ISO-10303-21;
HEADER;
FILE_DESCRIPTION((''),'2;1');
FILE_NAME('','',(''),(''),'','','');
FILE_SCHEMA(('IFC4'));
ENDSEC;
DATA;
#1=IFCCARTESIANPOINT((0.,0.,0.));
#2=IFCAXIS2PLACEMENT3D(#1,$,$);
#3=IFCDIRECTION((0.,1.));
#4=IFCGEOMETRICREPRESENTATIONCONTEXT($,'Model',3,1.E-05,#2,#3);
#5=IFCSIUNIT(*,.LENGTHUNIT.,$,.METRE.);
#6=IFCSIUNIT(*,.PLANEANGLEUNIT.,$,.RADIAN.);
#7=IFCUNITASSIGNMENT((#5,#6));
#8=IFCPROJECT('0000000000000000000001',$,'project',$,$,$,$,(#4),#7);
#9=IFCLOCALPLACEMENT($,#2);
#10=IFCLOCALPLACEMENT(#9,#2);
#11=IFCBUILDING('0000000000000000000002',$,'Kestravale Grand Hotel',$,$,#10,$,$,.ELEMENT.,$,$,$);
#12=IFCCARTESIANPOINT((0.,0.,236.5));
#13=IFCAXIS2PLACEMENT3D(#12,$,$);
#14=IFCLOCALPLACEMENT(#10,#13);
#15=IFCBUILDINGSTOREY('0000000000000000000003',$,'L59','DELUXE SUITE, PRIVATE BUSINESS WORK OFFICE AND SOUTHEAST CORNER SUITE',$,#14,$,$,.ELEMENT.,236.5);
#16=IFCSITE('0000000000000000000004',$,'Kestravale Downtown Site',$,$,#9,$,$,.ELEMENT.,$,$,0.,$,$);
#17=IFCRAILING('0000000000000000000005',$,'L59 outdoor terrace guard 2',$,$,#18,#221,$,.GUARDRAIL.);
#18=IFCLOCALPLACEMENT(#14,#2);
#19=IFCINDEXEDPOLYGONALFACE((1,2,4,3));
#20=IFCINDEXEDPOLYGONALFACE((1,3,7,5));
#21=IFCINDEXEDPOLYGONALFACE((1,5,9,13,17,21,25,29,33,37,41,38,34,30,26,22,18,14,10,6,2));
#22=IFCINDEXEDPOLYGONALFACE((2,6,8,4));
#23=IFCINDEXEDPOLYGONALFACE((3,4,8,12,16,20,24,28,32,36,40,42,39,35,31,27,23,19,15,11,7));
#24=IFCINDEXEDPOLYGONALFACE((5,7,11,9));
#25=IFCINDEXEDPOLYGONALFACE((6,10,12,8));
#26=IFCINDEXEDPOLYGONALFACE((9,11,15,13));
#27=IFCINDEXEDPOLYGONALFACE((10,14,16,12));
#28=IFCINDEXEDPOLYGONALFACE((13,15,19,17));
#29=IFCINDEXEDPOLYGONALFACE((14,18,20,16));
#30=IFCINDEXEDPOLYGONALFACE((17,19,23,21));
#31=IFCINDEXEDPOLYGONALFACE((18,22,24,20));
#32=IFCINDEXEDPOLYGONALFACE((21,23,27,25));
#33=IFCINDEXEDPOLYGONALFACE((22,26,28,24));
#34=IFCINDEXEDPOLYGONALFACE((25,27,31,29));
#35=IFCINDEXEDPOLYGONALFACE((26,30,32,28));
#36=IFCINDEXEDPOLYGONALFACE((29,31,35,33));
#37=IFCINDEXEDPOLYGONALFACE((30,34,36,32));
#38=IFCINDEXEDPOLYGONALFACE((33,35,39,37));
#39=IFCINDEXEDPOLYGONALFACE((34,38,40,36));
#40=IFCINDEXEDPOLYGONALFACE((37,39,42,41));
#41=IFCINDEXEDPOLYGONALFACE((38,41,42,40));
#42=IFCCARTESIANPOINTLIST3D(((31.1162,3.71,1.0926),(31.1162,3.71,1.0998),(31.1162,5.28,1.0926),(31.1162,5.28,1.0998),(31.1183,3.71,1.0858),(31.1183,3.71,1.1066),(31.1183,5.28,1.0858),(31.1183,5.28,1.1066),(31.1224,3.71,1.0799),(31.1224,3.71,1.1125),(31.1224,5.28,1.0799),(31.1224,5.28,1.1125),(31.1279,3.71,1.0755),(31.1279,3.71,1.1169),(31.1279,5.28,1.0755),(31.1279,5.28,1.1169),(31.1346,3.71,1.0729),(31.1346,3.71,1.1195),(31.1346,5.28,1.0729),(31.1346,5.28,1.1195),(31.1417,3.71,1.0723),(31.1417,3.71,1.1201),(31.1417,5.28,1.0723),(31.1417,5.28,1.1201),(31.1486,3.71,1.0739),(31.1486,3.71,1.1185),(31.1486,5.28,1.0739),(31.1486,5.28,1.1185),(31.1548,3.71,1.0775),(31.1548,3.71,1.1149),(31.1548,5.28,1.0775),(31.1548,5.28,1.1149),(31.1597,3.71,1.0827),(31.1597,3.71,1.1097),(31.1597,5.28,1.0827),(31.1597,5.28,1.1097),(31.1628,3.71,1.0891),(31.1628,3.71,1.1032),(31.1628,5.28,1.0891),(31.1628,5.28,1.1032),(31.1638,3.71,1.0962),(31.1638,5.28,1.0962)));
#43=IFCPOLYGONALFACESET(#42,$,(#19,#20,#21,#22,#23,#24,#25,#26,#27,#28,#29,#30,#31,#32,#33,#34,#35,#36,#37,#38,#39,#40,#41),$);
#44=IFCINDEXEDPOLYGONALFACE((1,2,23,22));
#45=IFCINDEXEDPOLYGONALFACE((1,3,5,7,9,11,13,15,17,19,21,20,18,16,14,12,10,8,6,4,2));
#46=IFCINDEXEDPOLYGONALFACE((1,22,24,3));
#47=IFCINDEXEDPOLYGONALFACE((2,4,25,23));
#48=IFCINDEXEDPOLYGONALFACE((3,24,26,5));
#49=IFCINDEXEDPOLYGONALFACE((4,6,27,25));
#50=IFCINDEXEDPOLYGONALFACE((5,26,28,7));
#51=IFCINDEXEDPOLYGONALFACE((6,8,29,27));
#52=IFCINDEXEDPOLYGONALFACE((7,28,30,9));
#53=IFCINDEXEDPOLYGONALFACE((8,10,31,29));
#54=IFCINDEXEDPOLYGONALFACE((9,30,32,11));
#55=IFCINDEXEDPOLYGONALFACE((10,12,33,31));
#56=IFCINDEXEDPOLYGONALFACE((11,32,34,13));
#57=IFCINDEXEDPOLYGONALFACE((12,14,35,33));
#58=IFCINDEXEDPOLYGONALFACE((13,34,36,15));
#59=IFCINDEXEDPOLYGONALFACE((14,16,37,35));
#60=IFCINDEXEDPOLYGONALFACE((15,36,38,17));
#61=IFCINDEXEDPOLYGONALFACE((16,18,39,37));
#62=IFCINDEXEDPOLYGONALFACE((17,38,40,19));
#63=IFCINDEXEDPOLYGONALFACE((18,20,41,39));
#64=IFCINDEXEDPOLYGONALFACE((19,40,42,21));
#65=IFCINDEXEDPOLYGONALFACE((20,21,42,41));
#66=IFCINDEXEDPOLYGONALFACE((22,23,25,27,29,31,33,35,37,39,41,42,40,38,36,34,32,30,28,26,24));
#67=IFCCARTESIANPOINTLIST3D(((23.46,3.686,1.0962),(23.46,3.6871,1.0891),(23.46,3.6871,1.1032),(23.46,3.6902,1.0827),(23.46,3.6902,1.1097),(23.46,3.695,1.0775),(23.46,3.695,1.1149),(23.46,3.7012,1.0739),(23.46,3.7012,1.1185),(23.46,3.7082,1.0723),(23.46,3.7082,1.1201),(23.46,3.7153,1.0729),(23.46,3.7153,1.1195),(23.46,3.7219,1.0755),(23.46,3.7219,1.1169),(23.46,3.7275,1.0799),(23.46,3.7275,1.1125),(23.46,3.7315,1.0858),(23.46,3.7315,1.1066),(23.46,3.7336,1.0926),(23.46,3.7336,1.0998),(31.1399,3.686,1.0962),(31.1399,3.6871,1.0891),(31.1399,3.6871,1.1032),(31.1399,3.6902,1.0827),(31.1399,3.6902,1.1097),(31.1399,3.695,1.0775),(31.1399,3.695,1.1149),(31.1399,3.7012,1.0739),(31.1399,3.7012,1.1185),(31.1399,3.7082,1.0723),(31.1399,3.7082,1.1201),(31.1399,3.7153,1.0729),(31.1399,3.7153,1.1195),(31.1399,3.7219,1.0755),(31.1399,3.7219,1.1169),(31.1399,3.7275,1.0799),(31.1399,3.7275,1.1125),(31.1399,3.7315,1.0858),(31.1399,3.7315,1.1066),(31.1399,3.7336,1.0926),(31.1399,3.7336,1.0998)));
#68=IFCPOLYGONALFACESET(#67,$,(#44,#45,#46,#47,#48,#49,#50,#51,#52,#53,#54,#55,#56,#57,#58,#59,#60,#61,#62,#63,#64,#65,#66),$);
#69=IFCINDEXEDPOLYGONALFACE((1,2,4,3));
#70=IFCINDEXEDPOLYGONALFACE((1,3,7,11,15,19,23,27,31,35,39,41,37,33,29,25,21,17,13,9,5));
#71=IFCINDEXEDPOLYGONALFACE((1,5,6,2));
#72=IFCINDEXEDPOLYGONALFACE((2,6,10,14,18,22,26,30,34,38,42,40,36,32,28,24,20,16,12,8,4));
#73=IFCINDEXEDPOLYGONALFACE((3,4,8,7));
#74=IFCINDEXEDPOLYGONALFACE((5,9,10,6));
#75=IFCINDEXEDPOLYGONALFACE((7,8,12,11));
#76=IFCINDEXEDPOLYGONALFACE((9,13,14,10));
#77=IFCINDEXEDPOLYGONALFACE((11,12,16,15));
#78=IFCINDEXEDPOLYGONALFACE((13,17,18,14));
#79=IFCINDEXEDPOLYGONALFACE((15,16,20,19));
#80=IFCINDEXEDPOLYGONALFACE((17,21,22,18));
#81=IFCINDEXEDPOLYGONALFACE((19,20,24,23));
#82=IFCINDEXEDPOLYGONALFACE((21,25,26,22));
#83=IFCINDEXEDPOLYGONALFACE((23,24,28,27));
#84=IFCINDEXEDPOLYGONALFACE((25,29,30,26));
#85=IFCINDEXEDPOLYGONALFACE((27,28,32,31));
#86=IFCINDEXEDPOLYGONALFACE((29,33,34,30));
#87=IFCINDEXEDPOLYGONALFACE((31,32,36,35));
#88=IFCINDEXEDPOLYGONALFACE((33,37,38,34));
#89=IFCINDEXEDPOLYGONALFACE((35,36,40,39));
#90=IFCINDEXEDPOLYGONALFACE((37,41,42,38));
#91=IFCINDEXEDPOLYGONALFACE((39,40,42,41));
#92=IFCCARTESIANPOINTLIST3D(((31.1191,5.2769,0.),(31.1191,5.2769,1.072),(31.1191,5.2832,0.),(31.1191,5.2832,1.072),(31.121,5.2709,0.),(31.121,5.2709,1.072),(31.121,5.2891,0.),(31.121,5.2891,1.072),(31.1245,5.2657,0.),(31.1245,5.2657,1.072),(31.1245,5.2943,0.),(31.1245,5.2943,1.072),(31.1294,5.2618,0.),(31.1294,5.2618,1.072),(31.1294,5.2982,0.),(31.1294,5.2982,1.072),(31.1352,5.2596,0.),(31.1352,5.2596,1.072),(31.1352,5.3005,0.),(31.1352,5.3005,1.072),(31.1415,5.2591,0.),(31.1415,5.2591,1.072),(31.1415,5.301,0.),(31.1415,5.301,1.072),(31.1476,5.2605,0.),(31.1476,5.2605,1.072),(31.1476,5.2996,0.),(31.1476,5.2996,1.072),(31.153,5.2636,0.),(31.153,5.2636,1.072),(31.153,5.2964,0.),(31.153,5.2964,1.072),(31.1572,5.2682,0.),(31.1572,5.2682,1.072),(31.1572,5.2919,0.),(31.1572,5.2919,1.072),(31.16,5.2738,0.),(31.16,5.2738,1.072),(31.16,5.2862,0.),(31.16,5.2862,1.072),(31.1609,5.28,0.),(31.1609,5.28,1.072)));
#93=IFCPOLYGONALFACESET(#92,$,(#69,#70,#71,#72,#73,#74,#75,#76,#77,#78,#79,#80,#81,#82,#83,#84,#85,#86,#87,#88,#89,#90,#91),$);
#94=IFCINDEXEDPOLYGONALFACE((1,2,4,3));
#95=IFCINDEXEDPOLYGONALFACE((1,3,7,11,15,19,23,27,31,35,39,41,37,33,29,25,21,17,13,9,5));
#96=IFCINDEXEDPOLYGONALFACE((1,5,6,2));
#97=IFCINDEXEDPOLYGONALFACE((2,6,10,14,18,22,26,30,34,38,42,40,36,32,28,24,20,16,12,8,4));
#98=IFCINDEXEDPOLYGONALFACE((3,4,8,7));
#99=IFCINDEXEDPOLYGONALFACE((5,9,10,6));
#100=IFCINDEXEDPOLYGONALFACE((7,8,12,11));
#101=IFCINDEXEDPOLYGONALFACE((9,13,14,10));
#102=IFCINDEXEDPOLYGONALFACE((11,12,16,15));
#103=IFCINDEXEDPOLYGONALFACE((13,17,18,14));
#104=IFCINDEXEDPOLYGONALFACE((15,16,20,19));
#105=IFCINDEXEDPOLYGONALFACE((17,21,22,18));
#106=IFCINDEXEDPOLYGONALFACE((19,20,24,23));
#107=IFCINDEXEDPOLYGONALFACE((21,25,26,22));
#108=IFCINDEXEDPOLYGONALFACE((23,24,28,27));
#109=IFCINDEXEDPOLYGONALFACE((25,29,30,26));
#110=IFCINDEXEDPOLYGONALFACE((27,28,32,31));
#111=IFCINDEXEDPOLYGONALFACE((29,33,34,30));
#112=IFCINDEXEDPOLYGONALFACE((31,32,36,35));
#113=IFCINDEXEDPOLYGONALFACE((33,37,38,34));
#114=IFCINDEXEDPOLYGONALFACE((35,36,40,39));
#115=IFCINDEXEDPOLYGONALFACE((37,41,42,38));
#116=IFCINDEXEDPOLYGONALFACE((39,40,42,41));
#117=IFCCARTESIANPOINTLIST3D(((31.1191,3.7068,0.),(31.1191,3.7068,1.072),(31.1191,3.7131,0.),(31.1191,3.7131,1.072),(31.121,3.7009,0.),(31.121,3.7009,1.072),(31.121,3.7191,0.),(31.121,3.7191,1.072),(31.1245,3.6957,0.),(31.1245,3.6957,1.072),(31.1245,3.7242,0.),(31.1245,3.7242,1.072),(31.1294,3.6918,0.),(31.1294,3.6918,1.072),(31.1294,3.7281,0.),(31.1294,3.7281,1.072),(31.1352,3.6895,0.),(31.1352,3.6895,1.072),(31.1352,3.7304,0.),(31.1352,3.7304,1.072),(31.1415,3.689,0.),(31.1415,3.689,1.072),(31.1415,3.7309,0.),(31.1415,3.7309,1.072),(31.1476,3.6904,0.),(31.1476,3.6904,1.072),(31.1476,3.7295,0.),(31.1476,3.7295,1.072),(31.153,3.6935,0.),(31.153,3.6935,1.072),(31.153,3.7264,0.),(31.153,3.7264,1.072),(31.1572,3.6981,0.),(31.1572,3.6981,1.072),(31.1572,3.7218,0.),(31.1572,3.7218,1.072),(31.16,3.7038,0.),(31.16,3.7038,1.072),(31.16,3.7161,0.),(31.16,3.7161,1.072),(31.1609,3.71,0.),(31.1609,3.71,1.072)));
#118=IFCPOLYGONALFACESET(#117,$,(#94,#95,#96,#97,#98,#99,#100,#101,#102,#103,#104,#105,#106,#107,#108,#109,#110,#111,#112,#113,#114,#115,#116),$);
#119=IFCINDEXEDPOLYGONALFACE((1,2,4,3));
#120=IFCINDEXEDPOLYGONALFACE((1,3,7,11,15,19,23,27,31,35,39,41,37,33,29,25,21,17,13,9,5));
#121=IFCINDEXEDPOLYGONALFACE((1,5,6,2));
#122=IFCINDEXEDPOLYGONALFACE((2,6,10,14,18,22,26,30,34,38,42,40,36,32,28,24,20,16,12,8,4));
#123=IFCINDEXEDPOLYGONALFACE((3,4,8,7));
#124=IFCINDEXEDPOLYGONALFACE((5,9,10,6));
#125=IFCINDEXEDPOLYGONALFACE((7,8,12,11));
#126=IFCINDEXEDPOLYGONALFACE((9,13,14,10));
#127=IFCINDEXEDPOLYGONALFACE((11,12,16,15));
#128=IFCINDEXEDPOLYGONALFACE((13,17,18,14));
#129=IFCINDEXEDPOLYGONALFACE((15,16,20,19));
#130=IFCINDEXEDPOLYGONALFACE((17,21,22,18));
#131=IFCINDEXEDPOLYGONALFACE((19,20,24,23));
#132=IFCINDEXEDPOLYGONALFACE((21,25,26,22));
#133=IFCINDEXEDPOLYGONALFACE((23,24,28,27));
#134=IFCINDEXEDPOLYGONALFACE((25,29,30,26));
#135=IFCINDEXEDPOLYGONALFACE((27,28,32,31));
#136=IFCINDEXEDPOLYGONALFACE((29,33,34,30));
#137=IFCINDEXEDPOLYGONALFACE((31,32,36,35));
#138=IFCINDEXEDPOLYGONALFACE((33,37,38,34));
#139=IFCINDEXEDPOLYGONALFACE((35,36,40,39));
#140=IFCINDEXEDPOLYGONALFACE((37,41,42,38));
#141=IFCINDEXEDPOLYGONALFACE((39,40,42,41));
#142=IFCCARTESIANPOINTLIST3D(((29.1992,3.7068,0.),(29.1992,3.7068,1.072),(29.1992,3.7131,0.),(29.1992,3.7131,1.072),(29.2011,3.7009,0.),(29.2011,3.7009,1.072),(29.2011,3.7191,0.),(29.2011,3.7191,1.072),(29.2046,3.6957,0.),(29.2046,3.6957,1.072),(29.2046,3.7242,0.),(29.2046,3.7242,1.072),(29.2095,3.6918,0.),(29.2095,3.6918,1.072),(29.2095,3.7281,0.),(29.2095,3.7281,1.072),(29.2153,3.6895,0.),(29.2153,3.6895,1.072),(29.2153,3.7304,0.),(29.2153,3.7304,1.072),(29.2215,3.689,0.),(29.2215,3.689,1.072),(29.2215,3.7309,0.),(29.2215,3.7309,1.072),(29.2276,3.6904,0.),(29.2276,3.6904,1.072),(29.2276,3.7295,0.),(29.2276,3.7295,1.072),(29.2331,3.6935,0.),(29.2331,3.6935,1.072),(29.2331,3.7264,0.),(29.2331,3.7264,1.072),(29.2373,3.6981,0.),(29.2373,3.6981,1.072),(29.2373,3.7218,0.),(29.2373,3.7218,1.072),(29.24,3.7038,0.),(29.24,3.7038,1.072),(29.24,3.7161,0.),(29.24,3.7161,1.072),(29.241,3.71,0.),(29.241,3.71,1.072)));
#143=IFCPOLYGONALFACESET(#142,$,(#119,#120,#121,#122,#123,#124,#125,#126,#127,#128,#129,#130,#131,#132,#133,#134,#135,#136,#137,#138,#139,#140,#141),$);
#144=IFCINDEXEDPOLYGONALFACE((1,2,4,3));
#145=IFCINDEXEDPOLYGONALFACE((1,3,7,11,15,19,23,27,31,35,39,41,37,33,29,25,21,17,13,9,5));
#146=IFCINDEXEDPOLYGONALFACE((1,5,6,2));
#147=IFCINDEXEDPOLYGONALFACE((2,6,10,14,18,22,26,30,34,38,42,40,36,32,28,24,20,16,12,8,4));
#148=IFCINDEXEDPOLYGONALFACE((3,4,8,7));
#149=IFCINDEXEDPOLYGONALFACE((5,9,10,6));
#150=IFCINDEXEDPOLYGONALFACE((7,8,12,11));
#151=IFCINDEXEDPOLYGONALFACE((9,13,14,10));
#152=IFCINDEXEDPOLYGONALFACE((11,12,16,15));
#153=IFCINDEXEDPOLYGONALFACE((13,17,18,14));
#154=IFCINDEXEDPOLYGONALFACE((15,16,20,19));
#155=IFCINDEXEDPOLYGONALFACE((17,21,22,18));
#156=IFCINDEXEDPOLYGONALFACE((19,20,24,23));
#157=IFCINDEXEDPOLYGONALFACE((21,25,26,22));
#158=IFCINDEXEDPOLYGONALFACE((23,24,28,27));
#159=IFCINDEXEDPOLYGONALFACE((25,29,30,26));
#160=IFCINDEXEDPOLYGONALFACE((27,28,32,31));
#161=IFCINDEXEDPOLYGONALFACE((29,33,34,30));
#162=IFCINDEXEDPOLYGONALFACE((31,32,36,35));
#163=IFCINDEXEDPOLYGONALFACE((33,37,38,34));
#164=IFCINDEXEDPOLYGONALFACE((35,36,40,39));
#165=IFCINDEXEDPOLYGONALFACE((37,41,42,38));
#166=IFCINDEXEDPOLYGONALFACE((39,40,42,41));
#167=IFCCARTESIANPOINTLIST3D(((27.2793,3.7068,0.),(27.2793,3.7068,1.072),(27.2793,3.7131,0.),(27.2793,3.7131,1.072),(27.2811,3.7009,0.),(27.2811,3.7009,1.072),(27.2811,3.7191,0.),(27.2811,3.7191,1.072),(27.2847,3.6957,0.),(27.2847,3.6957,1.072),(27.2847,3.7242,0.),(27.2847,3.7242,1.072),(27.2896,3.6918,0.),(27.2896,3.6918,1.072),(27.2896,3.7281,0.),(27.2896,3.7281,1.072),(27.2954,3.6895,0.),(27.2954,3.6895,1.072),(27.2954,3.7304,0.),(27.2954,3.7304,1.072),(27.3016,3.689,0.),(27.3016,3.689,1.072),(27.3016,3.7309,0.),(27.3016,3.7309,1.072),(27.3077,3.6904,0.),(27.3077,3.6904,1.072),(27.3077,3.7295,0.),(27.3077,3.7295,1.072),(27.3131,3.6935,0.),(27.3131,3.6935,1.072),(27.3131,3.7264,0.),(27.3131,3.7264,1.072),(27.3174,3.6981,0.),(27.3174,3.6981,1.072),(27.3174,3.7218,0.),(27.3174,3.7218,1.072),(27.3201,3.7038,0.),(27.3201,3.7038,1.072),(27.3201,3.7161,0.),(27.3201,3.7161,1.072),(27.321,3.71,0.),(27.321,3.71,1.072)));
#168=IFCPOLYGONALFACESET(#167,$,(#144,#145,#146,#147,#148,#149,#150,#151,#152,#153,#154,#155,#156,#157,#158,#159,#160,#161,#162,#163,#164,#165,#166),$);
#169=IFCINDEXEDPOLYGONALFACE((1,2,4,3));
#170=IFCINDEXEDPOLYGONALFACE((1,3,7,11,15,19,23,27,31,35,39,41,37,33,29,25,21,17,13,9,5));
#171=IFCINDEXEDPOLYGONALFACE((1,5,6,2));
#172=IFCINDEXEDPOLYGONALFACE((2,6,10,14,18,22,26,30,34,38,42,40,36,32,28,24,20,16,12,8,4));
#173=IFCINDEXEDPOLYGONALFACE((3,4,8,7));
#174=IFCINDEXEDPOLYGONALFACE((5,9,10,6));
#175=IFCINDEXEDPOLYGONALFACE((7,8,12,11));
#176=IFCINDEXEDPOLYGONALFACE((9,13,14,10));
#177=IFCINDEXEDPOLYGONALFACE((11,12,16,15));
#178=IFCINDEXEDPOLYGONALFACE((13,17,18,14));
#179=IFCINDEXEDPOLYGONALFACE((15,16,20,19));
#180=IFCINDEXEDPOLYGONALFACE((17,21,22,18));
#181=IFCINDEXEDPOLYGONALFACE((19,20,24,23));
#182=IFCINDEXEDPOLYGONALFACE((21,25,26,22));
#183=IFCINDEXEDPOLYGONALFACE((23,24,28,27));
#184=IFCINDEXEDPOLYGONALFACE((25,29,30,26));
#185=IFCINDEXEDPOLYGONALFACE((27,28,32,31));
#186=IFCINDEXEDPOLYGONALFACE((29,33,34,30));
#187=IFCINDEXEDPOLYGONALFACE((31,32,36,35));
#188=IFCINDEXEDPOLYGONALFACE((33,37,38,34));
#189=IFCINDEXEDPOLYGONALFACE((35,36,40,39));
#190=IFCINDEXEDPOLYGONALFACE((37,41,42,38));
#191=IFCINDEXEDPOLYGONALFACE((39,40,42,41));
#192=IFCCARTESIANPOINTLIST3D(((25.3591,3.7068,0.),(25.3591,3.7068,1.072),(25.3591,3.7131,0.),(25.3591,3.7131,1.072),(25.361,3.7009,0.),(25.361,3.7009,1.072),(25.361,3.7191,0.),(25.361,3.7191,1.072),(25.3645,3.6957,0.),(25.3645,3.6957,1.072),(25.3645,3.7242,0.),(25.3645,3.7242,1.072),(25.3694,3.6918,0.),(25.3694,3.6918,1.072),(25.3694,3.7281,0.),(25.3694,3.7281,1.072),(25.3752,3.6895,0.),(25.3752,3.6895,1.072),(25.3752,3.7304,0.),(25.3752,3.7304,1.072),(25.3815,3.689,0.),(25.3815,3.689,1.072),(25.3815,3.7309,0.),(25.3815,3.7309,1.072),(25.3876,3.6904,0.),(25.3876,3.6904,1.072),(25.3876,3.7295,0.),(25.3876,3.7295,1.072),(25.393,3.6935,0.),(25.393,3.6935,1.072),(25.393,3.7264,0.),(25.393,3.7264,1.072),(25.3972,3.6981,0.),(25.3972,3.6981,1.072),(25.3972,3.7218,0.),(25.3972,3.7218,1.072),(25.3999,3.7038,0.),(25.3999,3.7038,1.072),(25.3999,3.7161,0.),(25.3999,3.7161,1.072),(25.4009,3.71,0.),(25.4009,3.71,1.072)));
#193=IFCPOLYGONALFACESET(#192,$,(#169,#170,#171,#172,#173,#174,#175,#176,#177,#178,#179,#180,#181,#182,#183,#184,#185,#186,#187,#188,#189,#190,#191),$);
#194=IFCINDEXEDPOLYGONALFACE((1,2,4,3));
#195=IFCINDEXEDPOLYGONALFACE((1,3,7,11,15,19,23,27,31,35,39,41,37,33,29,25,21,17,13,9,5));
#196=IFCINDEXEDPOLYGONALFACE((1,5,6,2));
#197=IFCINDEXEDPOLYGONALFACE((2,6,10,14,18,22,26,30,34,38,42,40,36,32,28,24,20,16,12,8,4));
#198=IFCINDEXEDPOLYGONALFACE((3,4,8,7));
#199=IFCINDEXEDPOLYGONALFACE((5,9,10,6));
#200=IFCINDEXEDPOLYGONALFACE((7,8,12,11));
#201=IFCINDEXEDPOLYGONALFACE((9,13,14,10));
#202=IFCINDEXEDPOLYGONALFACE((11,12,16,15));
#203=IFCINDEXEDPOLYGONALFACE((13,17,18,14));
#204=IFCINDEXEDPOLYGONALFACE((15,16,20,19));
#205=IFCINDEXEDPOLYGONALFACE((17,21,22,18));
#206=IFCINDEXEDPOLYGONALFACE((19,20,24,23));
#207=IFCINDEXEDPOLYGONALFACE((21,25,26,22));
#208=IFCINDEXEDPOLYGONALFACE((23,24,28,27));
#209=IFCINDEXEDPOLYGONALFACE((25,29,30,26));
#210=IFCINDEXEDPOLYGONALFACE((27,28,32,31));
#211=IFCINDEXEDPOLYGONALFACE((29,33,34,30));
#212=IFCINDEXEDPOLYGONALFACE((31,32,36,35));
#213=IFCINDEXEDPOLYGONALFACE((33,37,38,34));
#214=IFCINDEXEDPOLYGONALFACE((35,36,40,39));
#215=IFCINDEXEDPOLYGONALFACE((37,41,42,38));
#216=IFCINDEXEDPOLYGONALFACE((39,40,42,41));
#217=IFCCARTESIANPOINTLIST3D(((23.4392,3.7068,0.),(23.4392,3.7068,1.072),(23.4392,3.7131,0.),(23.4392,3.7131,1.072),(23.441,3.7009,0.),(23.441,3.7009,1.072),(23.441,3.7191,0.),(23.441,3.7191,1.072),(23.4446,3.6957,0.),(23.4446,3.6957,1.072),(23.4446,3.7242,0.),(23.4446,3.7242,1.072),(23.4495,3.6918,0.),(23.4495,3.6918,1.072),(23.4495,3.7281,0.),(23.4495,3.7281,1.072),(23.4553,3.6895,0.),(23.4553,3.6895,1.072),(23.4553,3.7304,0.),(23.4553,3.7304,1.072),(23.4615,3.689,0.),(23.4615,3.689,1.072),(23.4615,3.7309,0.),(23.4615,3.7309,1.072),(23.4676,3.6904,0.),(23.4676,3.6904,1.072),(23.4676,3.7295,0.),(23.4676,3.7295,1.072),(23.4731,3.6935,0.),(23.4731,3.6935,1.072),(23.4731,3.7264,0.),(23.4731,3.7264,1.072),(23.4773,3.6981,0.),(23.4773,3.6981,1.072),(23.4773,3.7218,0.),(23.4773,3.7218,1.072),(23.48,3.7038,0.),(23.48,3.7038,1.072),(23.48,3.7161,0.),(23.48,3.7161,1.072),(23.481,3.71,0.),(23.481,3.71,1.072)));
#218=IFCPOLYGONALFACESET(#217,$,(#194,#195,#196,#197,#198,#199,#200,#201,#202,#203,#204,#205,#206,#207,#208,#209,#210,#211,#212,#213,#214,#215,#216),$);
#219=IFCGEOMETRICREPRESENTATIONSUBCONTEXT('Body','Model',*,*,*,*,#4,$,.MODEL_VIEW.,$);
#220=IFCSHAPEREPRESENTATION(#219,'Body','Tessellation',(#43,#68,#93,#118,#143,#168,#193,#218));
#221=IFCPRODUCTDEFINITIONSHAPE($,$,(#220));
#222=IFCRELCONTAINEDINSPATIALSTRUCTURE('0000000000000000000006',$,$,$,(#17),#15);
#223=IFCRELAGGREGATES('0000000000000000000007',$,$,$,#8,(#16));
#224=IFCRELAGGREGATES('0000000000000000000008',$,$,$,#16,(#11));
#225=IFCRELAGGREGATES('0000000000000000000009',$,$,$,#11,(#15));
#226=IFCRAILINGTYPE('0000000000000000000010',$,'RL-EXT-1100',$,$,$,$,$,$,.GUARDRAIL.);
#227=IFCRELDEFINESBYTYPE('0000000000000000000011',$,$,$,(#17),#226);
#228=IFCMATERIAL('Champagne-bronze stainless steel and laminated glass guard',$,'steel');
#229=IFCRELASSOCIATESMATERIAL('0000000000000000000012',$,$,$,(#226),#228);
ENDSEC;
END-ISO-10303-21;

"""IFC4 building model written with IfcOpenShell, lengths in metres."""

from ifc_helpers import new_model, si_unit, direction, frame, origin, origin_2d, place, context, subcontext, project, spatial, circle, extrude, material, type_object, element, save


model = new_model("IFC4")

# Units and contexts
model_context = context("Model", 3, precision=1e-05, world=origin(), true_north=direction((0.0, 1.0)))
body_context = subcontext(model_context, "Body", "Model", "MODEL_VIEW")
ifc_project = project(units=[si_unit("LENGTHUNIT", "METRE"), si_unit("PLANEANGLEUNIT", "RADIAN")], contexts=[model_context])

# Site, building, storey
site_placement = place(None, origin())
site = spatial("IfcSite", under=ifc_project, at=site_placement, Name="Kestravale Downtown Site", CompositionType="ELEMENT", RefElevation=0.0)
building_placement = place(site_placement, origin())
building = spatial("IfcBuilding", under=site, at=building_placement, Name="Kestravale Grand Hotel", CompositionType="ELEMENT")
storey_placement = place(building_placement, frame((0.0, 0.0, 236.5)))
storey = spatial("IfcBuildingStorey", under=building, at=storey_placement, Name="L59", Description="DELUXE SUITE, PRIVATE BUSINESS WORK OFFICE AND SOUTHEAST CORNER SUITE", CompositionType="ELEMENT", Elevation=236.5)

# Railing
ifc_material_1 = material(Name="Champagne-bronze stainless steel and laminated glass guard", Category="steel")
railing_type = type_object("IfcRailingType", Name="RL-EXT-1100", PredefinedType="GUARDRAIL", material=ifc_material_1)
railing_1_placement = place(storey_placement, frame((31.1399, 5.28, 0.0)))
element("IfcRailing", 1, at=railing_1_placement, inside=storey, type_object=railing_type, Name="L59 outdoor terrace guard 2", PredefinedType="GUARDRAIL", context=body_context, shape_type="SweptSolid", body=[
    extrude(circle(Radius=0.0239, at=origin_2d()), frame((0.0, 0.0, 1.0962), z_axis=(0.0, -1.0, 0.0), x_axis=(1.0, 0.0, 0.0)), (0.0, 0.0, 1.0), 1.5701),
    extrude(circle(Radius=0.0239, at=origin_2d()), frame((0.0, -1.5701, 1.0962), z_axis=(-1.0, 0.0, 0.0), x_axis=(0.0, -1.0, 0.0)), (0.0, 0.0, 1.0), 7.6799),
    extrude(circle(Radius=0.021, at=origin_2d()), origin(), (0.0, 0.0, 1.0), 1.072),
    extrude(circle(Radius=0.021, at=origin_2d()), frame((0.0, -1.5701, 0.0)), (0.0, 0.0, 1.0), 1.072),
    extrude(circle(Radius=0.021, at=origin_2d()), frame((-1.9199, -1.5701, 0.0)), (0.0, 0.0, 1.0), 1.072),
    extrude(circle(Radius=0.021, at=origin_2d()), frame((-3.8398, -1.5701, 0.0)), (0.0, 0.0, 1.0), 1.072),
    extrude(circle(Radius=0.021, at=origin_2d()), frame((-5.76, -1.5701, 0.0)), (0.0, 0.0, 1.0), 1.072),
    extrude(circle(Radius=0.021, at=origin_2d()), frame((-7.6799, -1.5701, 0.0)), (0.0, 0.0, 1.0), 1.072),
])

save(model, "model.ifc")
